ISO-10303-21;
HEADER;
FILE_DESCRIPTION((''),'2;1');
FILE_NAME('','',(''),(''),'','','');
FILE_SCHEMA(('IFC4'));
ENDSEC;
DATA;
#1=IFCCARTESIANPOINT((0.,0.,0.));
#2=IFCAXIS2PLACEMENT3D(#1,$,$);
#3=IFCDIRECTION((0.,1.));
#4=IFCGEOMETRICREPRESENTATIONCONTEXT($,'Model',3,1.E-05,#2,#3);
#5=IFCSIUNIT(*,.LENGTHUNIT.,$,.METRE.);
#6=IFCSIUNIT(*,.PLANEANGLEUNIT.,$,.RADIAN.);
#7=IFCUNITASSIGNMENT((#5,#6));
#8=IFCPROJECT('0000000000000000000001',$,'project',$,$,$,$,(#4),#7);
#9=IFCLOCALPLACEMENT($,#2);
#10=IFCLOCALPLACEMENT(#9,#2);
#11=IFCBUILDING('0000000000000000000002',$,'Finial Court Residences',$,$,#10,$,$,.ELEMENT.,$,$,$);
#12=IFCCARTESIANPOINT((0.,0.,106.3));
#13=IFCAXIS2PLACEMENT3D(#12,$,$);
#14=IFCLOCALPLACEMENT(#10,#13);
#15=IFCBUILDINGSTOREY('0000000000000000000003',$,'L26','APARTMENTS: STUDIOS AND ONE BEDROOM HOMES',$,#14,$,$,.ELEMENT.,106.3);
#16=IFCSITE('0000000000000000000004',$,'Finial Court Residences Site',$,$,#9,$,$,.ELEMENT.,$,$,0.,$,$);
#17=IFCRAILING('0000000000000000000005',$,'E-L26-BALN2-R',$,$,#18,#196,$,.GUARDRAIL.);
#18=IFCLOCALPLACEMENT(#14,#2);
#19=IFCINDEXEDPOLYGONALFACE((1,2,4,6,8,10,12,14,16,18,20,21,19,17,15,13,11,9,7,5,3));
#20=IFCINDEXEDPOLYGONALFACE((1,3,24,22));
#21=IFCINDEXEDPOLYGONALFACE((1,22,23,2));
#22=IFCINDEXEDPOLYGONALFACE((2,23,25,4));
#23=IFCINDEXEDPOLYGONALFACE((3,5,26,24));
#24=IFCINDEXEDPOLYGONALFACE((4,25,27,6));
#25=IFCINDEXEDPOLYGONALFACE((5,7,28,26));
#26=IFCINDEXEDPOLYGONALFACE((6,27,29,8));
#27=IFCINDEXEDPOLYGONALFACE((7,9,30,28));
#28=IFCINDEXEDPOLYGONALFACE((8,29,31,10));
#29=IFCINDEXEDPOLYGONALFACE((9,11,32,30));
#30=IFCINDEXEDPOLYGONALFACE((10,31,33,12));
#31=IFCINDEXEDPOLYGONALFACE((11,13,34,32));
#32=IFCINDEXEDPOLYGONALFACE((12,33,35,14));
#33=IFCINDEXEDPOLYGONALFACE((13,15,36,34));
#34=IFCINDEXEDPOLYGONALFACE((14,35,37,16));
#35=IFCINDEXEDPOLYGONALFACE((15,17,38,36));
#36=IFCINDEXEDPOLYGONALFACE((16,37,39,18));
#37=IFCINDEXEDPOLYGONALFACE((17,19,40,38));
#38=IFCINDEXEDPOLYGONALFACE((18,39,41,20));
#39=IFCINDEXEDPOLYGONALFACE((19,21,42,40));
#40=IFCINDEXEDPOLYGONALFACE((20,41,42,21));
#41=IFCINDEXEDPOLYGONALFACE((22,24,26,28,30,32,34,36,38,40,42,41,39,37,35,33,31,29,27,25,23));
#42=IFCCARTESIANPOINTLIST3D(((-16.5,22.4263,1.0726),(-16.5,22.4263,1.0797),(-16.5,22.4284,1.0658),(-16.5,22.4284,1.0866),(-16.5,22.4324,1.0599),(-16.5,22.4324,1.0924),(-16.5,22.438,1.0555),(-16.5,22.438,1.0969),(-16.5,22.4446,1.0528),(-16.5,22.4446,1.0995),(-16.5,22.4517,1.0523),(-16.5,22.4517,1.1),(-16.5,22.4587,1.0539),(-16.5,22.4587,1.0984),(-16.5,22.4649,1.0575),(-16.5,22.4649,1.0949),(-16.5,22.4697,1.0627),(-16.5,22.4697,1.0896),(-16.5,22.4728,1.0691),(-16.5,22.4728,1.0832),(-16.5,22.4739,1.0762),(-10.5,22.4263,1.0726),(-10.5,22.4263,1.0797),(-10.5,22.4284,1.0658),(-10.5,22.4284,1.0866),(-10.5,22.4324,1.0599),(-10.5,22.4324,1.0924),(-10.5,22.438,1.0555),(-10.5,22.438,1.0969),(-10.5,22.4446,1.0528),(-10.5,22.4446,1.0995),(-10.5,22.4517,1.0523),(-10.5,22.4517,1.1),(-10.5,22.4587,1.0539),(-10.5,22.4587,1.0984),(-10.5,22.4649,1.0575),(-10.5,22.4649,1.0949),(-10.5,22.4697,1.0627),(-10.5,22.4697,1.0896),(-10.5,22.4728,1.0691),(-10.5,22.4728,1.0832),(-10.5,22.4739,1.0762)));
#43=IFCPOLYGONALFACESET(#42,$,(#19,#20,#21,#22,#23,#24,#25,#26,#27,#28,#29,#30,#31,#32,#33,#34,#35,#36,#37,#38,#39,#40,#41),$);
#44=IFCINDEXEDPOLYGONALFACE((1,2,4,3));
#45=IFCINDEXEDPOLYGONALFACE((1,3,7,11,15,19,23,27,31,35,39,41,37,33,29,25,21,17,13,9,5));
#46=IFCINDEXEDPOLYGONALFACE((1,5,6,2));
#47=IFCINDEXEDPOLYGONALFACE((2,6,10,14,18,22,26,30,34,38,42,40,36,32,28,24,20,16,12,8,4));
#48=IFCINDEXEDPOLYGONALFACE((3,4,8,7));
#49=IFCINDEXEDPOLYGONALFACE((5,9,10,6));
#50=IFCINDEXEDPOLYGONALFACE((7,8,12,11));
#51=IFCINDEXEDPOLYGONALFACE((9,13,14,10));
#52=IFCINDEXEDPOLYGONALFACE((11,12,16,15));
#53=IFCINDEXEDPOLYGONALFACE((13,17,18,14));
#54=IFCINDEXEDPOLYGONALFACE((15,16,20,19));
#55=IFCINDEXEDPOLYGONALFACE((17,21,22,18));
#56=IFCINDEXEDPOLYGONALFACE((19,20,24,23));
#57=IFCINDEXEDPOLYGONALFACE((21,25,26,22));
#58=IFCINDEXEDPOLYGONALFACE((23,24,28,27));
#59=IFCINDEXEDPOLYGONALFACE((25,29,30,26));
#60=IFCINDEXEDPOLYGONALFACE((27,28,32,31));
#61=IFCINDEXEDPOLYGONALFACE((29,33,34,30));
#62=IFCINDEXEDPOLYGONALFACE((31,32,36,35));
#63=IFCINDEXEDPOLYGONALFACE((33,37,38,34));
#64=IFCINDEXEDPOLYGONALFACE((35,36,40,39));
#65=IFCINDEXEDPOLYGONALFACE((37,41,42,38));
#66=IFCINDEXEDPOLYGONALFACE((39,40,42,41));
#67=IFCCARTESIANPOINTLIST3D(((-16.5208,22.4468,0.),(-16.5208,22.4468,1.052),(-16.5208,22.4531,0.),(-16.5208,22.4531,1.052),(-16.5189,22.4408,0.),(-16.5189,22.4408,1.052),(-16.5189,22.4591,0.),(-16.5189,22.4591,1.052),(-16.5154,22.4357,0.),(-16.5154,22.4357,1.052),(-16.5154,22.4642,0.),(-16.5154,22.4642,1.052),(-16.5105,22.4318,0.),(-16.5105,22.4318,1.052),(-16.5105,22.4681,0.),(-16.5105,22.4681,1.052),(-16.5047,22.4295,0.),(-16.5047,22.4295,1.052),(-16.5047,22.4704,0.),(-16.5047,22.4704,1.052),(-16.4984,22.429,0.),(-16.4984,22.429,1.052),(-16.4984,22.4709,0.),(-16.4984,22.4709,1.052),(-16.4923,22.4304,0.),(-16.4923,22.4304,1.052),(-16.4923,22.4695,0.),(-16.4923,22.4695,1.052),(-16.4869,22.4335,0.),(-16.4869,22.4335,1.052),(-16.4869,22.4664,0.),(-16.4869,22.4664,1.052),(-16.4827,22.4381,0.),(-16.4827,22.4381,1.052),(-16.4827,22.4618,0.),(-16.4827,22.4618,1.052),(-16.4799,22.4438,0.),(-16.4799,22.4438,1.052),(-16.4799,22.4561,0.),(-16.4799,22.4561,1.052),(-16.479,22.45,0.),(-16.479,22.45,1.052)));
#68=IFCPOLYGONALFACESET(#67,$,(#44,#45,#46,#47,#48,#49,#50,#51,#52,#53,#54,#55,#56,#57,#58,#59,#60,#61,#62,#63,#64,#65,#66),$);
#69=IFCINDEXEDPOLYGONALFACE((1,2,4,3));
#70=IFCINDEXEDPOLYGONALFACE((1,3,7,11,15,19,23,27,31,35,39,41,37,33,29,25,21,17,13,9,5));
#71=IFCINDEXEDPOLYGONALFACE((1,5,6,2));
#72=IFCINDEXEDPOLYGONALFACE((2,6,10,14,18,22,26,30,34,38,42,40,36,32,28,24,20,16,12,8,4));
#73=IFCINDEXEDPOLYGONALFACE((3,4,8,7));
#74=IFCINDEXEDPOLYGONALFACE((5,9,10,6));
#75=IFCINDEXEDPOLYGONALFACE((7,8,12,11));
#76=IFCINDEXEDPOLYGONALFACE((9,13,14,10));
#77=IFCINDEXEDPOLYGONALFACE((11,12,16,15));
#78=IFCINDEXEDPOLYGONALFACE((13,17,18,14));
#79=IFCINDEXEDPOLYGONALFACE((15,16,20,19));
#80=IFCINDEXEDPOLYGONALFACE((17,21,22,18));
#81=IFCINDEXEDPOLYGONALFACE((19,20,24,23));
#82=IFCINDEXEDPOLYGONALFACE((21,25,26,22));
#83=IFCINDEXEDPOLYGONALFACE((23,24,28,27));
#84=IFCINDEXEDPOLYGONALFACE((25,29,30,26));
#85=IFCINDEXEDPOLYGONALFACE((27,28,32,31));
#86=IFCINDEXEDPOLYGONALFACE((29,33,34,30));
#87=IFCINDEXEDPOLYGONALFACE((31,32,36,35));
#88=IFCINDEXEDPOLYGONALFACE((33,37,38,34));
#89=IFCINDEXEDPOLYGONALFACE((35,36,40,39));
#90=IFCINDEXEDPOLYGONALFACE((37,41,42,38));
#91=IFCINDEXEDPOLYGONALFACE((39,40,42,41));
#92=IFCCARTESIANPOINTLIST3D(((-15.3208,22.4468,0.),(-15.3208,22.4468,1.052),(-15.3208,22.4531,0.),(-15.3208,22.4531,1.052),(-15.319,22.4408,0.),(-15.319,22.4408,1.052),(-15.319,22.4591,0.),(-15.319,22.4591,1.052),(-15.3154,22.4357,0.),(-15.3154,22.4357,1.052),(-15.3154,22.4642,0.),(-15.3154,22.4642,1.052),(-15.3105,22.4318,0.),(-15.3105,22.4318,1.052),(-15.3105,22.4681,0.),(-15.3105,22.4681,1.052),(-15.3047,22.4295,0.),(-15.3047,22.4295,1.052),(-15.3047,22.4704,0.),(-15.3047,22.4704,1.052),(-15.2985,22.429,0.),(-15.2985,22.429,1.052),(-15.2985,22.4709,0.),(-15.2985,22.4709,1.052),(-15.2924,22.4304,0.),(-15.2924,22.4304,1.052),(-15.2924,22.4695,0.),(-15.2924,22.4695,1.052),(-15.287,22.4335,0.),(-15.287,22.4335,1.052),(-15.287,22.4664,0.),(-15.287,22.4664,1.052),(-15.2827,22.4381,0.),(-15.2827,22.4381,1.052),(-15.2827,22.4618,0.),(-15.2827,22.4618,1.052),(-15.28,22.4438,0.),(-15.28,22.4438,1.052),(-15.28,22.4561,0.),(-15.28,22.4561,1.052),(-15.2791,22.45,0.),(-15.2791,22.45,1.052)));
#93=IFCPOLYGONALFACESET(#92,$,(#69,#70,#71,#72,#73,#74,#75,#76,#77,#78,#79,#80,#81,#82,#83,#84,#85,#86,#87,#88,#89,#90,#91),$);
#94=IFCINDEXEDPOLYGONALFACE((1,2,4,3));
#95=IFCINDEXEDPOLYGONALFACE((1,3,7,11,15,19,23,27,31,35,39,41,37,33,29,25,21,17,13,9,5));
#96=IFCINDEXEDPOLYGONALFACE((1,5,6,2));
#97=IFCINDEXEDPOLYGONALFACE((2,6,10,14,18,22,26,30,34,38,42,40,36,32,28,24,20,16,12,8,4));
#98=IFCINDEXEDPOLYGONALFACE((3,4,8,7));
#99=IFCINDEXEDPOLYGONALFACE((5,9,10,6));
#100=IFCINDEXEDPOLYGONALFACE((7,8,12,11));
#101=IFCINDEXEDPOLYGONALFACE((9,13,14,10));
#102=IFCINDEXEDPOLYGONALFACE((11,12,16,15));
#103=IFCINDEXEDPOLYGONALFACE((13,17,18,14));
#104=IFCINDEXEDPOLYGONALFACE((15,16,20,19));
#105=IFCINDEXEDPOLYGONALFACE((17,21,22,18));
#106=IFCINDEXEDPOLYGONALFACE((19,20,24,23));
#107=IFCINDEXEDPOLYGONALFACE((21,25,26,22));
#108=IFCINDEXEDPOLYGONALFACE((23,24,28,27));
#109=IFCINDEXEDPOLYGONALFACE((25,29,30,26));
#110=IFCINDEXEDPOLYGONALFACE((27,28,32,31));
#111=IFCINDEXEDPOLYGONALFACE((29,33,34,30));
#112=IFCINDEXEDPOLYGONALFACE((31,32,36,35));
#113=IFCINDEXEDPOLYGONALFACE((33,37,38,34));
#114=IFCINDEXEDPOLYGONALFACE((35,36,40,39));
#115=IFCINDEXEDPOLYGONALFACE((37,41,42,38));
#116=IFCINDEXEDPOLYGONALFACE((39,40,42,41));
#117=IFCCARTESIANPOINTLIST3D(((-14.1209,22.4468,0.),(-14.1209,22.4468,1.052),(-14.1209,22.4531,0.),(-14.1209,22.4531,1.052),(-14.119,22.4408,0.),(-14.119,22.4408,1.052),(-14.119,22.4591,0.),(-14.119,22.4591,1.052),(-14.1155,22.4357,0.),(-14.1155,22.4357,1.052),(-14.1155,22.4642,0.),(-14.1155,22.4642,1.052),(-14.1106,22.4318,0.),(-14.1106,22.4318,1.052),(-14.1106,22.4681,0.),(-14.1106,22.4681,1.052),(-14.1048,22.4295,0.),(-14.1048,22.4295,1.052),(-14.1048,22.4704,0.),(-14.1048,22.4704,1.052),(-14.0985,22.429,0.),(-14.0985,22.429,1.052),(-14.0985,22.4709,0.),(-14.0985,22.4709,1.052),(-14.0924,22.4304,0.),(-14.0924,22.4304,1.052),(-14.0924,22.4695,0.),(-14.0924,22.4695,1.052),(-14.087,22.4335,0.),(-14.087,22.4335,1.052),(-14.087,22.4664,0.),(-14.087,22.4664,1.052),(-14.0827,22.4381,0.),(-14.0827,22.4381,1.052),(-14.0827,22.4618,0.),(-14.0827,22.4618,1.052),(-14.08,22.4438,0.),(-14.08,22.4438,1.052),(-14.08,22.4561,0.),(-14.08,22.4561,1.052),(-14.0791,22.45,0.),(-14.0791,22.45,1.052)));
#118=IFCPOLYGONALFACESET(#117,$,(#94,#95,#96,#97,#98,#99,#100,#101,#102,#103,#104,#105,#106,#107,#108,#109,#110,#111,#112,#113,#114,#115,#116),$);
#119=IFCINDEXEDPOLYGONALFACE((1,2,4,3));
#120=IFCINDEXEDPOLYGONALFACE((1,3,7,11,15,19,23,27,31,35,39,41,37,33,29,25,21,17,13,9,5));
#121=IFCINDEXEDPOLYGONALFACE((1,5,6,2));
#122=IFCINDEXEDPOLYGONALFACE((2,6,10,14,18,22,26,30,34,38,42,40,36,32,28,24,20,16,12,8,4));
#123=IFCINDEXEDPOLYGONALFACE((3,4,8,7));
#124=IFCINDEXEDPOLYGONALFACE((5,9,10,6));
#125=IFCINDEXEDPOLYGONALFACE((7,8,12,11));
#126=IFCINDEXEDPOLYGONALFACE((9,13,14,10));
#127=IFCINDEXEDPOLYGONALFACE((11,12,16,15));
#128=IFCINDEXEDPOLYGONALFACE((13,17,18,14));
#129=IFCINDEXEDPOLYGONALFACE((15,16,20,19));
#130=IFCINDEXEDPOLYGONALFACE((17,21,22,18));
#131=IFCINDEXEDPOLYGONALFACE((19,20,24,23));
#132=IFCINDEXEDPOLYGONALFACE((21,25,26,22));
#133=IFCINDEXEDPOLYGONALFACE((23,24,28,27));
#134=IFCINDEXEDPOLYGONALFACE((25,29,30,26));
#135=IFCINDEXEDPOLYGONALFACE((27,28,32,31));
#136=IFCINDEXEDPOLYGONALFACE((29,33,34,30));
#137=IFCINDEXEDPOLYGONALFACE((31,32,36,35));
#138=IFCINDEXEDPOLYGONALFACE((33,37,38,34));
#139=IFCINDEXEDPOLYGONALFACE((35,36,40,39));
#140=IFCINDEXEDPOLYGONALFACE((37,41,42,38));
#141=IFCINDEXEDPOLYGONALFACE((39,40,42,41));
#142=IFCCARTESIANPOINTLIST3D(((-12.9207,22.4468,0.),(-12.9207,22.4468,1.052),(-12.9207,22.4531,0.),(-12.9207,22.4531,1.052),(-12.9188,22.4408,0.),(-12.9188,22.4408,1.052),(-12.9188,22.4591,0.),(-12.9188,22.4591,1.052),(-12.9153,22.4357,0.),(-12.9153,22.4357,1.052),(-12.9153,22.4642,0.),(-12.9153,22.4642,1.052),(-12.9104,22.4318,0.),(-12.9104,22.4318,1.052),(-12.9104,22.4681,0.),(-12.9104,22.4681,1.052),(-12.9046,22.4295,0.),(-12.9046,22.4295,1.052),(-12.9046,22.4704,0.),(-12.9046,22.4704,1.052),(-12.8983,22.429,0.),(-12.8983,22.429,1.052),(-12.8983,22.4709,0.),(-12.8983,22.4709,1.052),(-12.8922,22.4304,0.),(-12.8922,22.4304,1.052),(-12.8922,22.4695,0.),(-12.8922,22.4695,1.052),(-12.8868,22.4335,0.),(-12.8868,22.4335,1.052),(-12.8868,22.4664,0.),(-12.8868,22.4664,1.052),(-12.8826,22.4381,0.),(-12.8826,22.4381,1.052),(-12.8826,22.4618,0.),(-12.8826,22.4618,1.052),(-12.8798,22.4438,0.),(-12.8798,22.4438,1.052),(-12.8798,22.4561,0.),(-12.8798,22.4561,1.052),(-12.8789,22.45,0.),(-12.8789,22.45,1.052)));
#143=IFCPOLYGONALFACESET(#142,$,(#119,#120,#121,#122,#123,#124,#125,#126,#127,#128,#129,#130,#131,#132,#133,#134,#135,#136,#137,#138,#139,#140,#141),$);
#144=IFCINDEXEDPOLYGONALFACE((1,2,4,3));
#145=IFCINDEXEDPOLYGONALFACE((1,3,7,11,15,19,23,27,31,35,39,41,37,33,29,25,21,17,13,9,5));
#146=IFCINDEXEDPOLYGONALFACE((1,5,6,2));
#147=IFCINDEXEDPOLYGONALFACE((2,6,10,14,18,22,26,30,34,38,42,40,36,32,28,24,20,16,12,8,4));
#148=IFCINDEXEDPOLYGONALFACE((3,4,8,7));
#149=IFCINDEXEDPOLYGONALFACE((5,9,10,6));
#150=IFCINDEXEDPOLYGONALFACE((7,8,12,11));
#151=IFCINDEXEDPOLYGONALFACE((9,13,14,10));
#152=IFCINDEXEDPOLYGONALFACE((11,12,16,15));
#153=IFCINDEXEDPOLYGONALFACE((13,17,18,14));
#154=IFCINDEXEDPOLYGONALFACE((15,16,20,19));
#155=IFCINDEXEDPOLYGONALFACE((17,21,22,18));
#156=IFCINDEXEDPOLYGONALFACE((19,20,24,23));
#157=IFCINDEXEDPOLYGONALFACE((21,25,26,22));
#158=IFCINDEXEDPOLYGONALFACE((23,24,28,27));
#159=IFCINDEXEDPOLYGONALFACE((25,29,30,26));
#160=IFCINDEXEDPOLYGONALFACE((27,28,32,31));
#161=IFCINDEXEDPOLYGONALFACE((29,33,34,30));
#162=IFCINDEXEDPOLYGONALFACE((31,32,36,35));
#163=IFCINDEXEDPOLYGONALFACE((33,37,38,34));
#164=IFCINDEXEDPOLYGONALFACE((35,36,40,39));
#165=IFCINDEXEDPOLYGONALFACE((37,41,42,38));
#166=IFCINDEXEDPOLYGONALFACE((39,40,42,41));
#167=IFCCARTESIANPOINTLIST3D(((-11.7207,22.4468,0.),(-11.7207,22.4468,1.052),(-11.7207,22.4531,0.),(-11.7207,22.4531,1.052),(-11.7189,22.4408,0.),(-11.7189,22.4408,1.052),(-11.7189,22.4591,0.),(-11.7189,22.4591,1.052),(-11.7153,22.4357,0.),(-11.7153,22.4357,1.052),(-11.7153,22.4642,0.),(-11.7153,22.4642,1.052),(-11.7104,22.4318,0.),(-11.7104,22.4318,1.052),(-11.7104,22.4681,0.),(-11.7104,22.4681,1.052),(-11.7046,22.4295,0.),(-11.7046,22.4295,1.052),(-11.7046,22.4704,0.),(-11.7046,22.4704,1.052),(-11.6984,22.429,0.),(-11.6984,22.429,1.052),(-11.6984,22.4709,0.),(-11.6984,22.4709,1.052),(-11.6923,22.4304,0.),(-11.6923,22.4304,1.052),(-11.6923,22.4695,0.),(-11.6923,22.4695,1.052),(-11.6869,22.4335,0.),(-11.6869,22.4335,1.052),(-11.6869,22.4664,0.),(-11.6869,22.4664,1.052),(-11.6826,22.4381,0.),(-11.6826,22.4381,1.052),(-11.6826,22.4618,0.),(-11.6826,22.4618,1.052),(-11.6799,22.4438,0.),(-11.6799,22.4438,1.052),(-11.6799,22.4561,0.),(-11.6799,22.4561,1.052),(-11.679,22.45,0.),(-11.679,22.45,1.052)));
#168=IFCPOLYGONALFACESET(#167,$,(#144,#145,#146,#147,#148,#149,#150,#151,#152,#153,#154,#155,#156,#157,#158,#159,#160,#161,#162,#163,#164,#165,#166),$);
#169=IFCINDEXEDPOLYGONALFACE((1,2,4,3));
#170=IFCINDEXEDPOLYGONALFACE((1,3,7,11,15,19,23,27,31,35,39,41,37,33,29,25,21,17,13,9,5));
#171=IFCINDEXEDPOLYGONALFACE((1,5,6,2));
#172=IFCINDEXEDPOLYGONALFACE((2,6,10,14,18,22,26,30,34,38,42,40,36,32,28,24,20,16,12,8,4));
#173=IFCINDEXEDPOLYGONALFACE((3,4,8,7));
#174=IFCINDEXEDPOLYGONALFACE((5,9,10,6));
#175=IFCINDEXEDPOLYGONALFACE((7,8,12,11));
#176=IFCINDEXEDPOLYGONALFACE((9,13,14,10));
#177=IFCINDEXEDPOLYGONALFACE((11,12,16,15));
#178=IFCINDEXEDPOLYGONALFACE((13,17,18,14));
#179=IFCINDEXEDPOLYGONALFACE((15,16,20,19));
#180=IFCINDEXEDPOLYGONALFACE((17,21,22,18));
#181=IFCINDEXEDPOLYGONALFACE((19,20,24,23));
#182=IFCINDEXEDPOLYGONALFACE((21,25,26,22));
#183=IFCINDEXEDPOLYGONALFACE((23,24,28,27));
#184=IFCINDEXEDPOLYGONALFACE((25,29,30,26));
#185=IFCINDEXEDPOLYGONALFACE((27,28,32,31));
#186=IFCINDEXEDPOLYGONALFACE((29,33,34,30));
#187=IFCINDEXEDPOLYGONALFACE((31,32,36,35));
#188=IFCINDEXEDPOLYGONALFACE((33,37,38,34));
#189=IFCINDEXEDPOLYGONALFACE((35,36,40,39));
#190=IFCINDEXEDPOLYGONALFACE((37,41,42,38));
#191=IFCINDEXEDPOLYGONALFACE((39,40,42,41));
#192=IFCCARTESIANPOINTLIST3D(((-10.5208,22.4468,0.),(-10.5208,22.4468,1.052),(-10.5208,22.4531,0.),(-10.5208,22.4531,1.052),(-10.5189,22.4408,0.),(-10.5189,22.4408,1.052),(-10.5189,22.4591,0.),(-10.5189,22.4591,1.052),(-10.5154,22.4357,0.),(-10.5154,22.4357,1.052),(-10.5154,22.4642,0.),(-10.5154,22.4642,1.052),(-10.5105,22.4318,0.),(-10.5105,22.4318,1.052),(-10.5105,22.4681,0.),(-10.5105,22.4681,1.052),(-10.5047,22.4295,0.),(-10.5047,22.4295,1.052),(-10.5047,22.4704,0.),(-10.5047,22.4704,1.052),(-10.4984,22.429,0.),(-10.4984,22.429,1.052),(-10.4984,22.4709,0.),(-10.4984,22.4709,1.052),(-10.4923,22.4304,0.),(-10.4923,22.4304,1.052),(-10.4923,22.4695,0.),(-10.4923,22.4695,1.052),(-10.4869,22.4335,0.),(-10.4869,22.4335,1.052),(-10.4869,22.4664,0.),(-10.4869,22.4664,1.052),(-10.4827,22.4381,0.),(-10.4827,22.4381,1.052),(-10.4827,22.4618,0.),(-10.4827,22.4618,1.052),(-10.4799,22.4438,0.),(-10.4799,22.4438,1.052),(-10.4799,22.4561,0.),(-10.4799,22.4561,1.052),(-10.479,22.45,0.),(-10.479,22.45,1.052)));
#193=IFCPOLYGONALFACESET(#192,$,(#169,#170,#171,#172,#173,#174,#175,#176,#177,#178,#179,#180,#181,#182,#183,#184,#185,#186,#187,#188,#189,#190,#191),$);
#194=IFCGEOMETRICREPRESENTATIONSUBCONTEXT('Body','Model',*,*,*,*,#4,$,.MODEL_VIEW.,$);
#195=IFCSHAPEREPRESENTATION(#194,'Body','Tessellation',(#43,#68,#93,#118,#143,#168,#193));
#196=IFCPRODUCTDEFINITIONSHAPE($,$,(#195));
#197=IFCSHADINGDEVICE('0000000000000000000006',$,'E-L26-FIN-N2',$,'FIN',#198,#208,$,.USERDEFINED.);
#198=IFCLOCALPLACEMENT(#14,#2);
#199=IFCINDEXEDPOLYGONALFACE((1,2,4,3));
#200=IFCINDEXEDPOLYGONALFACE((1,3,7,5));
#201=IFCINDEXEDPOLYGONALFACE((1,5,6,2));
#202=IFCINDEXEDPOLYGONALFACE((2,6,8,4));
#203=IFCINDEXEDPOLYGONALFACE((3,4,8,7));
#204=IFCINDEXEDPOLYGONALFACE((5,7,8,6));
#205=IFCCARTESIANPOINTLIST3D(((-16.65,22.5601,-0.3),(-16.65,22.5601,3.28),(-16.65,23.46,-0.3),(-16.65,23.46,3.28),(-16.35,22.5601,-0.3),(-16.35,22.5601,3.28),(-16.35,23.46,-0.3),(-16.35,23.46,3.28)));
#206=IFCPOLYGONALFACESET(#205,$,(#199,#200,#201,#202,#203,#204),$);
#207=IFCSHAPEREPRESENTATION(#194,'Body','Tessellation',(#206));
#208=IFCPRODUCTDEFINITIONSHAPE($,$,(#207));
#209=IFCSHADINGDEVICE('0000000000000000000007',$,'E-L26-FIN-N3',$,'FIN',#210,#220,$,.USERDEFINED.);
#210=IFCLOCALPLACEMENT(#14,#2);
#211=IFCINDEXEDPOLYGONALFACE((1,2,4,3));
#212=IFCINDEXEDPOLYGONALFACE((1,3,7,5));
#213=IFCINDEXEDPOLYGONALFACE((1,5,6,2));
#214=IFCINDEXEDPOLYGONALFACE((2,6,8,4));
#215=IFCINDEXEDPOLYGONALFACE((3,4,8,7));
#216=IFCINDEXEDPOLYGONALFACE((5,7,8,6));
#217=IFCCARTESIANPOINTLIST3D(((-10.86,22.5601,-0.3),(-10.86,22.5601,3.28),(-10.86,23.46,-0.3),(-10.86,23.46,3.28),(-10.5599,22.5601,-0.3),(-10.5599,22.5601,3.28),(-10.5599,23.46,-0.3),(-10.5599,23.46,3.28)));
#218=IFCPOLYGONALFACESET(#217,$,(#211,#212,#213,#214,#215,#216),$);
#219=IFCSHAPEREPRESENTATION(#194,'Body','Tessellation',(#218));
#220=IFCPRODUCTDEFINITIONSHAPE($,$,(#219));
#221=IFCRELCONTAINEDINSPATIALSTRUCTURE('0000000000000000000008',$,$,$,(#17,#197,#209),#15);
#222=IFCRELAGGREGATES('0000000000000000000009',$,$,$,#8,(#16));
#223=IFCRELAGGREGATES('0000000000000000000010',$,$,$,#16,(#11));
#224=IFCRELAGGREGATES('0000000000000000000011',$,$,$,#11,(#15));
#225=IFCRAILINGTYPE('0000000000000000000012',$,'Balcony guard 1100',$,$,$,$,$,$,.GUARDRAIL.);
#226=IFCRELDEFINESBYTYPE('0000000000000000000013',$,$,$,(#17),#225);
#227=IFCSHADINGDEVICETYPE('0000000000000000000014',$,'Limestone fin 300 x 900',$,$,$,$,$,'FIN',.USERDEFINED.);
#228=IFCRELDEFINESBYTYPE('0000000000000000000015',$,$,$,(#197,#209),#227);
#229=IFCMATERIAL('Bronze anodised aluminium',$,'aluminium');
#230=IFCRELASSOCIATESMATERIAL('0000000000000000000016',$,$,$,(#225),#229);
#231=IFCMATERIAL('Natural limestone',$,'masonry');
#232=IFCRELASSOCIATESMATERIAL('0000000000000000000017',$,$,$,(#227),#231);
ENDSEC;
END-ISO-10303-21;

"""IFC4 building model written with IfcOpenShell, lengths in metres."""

from ifc_helpers import new_model, si_unit, direction, frame, origin, origin_2d, place, context, subcontext, project, spatial, rectangle, circle, extrude, material, type_object, element, save


model = new_model("IFC4")

# Units and contexts
model_context = context("Model", 3, precision=1e-05, world=origin(), true_north=direction((0.0, 1.0)))
body_context = subcontext(model_context, "Body", "Model", "MODEL_VIEW")
ifc_project = project(units=[si_unit("LENGTHUNIT", "METRE"), si_unit("PLANEANGLEUNIT", "RADIAN")], contexts=[model_context])

# Site, building, storey
site_placement = place(None, origin())
site = spatial("IfcSite", under=ifc_project, at=site_placement, Name="Finial Court Residences Site", CompositionType="ELEMENT", RefElevation=0.0)
building_placement = place(site_placement, origin())
building = spatial("IfcBuilding", under=site, at=building_placement, Name="Finial Court Residences", CompositionType="ELEMENT")
storey_placement = place(building_placement, frame((0.0, 0.0, 106.3)))
storey = spatial("IfcBuildingStorey", under=building, at=storey_placement, Name="L26", Description="APARTMENTS: STUDIOS AND ONE BEDROOM HOMES", CompositionType="ELEMENT", Elevation=106.3)

# Shared definitions
ifc_material_1 = material(Name="Bronze anodised aluminium", Category="aluminium")

# Shared definitions
ifc_material_2 = material(Name="Natural limestone", Category="masonry")

# Railing
railing_type = type_object("IfcRailingType", Name="Balcony guard 1100", PredefinedType="GUARDRAIL", material=ifc_material_1)
railing_placement = place(storey_placement, frame((-16.5, 22.45, 0.0)))
element("IfcRailing", 1, at=railing_placement, inside=storey, type_object=railing_type, Name="E-L26-BALN2-R", PredefinedType="GUARDRAIL", context=body_context, shape_type="SweptSolid", body=[
    extrude(circle(Radius=0.0239, at=origin_2d()), frame((0.0, 0.0, 1.0762), z_axis=(1.0, 0.0, 0.0), x_axis=(0.0, 1.0, 0.0)), (0.0, 0.0, 1.0), 6.0),
    extrude(circle(Radius=0.021, at=origin_2d()), origin(), (0.0, 0.0, 1.0), 1.052),
    extrude(circle(Radius=0.021, at=origin_2d()), frame((1.2, 0.0, 0.0)), (0.0, 0.0, 1.0), 1.052),
    extrude(circle(Radius=0.021, at=origin_2d()), frame((2.3999, 0.0, 0.0)), (0.0, 0.0, 1.0), 1.052),
    extrude(circle(Radius=0.021, at=origin_2d()), frame((3.6001, 0.0, 0.0)), (0.0, 0.0, 1.0), 1.052),
    extrude(circle(Radius=0.021, at=origin_2d()), frame((4.8, 0.0, 0.0)), (0.0, 0.0, 1.0), 1.052),
    extrude(circle(Radius=0.021, at=origin_2d()), frame((6.0, 0.0, 0.0)), (0.0, 0.0, 1.0), 1.052),
])

# Shading devices
shading_device_type = type_object("IfcShadingDeviceType", Name="Limestone fin 300 x 900", ElementType="FIN", PredefinedType="USERDEFINED", material=ifc_material_2)
for number, where, z_axis, x_axis, name in (
    (2, (-16.5, 23.01, -0.3), (0.0, 0.0, 1.0), (1.0, 0.0, 0.0), "E-L26-FIN-N2"),
    (3, (-10.71, 23.01, -0.3), (0.0, 0.0, 1.0), (1.0, 0.0, 0.0), "E-L26-FIN-N3"),
):
    element("IfcShadingDevice", number, at=place(storey_placement, frame(where, z_axis=z_axis, x_axis=x_axis)), inside=storey, type_object=shading_device_type, Name=name, ObjectType="FIN", PredefinedType="USERDEFINED", context=body_context, shape_type="SweptSolid", body=[
        extrude(rectangle(XDim=0.3, YDim=0.8999, at=origin_2d()), origin(), (0.0, 0.0, 1.0), 3.5801),
    ])

save(model, "model.ifc")
